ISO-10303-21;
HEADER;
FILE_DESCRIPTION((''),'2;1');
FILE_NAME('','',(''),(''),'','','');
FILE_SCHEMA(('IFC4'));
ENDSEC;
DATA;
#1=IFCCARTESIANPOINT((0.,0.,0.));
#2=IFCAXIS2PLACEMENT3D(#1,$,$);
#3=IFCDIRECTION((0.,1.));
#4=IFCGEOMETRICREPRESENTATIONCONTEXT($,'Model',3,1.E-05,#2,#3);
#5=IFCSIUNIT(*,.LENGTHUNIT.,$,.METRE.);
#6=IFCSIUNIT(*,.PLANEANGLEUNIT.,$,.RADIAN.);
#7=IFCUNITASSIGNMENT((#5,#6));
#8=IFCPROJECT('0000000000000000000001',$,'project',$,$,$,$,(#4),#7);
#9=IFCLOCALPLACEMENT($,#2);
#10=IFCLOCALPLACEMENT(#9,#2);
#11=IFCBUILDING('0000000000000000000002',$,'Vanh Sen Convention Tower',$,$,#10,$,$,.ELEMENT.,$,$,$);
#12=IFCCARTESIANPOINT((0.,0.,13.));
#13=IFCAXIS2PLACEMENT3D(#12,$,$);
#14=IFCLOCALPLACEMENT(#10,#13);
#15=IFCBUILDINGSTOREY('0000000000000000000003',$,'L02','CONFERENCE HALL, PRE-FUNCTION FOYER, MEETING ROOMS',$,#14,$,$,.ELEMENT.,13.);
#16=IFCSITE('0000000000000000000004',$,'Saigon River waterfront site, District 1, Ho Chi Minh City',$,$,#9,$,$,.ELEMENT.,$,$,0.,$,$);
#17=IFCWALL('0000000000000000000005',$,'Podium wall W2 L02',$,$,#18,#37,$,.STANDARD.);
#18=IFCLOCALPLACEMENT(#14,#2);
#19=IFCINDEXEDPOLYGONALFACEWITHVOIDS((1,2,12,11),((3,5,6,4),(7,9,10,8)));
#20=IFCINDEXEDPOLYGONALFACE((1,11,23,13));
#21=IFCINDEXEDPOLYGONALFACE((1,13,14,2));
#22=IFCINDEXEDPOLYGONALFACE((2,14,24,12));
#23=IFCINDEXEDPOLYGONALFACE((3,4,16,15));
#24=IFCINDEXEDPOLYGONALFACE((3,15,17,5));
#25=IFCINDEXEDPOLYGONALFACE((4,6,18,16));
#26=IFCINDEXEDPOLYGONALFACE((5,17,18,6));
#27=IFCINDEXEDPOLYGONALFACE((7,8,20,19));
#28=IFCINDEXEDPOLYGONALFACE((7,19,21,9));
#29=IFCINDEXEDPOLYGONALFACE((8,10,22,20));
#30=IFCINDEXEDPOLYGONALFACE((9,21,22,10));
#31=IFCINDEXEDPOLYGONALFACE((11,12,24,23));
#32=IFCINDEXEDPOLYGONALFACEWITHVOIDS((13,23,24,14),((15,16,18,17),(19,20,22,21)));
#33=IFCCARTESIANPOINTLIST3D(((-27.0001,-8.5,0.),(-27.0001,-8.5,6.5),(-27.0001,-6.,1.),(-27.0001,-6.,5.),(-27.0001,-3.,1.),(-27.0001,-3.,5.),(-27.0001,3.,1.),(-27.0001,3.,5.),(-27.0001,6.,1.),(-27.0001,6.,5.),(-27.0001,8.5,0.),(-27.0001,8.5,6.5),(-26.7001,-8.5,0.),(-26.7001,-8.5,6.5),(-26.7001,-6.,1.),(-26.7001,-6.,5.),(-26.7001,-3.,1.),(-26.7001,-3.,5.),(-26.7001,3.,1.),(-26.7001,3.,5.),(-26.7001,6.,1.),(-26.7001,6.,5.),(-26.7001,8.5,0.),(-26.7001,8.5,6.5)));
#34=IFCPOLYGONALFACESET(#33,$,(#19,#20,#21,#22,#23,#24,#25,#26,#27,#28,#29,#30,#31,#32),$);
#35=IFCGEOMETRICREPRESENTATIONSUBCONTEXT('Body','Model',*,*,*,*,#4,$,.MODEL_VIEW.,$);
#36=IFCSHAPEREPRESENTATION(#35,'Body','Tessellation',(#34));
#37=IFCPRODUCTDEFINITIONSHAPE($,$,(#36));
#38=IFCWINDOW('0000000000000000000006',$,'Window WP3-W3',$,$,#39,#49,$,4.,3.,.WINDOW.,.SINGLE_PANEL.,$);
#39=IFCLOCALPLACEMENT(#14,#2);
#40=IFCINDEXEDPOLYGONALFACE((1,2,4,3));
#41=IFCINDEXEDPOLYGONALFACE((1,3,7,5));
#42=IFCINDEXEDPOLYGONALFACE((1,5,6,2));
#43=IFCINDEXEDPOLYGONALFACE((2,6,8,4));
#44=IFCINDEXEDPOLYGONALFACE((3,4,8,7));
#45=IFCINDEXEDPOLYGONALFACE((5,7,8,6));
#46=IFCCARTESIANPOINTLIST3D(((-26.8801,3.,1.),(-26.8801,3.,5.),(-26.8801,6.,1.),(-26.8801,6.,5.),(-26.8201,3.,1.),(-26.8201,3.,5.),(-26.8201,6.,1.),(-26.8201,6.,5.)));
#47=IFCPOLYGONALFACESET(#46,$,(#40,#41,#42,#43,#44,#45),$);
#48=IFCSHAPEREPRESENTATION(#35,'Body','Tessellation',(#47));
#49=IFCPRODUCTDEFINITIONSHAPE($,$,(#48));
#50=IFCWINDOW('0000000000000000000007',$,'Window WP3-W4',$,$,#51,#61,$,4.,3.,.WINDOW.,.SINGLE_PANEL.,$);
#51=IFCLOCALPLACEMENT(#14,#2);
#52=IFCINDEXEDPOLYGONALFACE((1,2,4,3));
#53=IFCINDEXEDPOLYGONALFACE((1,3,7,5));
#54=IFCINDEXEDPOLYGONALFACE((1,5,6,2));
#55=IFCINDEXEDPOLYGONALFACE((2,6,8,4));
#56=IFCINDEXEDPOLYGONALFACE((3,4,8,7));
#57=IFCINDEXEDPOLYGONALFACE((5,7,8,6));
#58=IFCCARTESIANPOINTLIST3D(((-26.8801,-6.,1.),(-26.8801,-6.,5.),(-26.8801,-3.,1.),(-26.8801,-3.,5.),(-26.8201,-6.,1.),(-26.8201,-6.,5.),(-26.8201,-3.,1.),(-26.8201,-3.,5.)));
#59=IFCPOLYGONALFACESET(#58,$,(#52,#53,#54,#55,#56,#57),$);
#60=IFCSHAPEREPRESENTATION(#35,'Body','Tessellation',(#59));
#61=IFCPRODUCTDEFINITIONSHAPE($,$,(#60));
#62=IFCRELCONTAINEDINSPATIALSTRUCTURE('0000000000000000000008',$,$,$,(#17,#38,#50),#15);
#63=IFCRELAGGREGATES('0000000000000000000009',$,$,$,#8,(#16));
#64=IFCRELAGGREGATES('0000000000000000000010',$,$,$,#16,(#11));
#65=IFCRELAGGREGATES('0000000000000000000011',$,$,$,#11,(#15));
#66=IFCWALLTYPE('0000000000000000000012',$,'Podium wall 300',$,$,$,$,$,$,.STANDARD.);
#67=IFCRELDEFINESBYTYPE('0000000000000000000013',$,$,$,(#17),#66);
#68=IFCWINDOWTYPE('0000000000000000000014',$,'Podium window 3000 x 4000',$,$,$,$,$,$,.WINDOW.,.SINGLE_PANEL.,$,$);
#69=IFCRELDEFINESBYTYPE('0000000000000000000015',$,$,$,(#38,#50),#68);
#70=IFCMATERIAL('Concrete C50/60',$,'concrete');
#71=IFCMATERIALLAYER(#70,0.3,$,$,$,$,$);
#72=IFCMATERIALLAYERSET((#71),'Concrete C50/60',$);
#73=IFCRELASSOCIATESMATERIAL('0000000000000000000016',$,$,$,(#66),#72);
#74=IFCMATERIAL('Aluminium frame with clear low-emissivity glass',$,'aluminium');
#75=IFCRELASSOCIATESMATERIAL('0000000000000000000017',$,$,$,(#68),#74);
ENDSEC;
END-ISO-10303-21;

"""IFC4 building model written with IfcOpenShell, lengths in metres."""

from ifc_helpers import new_model, si_unit, direction, frame, frame_2d, origin, place, context, subcontext, project, spatial, rectangle, extrude, material, layer, layer_set, type_object, element, fill, save


model = new_model("IFC4")

# Units and contexts
model_context = context("Model", 3, precision=1e-05, world=origin(), true_north=direction((0.0, 1.0)))
body_context = subcontext(model_context, "Body", "Model", "MODEL_VIEW")
ifc_project = project(units=[si_unit("LENGTHUNIT", "METRE"), si_unit("PLANEANGLEUNIT", "RADIAN")], contexts=[model_context])

# Site, building, storey
site_placement = place(None, origin())
site = spatial("IfcSite", under=ifc_project, at=site_placement, Name="Saigon River waterfront site, District 1, Ho Chi Minh City", CompositionType="ELEMENT", RefElevation=0.0)
building_placement = place(site_placement, origin())
building = spatial("IfcBuilding", under=site, at=building_placement, Name="Vanh Sen Convention Tower", CompositionType="ELEMENT")
storey_placement = place(building_placement, frame((0.0, 0.0, 13.0)))
storey = spatial("IfcBuildingStorey", under=building, at=storey_placement, Name="L02", Description="CONFERENCE HALL, PRE-FUNCTION FOYER, MEETING ROOMS", CompositionType="ELEMENT", Elevation=13.0)

# Wall, openings, windows
ifc_material_1 = material(Name="Concrete C50/60", Category="concrete")
ifc_layer_1 = layer(ifc_material_1, 0.3)
ifc_layer_set_1 = layer_set([ifc_layer_1], Name="Concrete C50/60")
wall_type_1 = type_object("IfcWallType", Name="Podium wall 300", PredefinedType="STANDARD", material=ifc_layer_set_1)
wall_1_placement = place(storey_placement, frame((-26.8501, 8.5, 0.0), z_axis=(0.0, 0.0, 1.0), x_axis=(0.0, -1.0, 0.0)))
wall_1 = element("IfcWall", 1, at=wall_1_placement, inside=storey, type_object=wall_type_1, Name="Podium wall W2 L02", PredefinedType="STANDARD", context=body_context, shape_type="SweptSolid", body=[
    extrude(rectangle(XDim=17.0, YDim=0.3, at=frame_2d((8.5, 0.0))), origin(), (0.0, 0.0, 1.0), 6.5),
])
opening_1_placement = place(wall_1_placement, frame((2.5, 0.0, 1.0)))
opening_1 = element("IfcOpeningElement", 2, at=opening_1_placement, cuts=wall_1, PredefinedType="OPENING", context=body_context, shape_type="SweptSolid", body=[
    extrude(rectangle(XDim=3.0, YDim=4.0, at=frame_2d((1.5, 2.0))), frame((0.0, 0.1599, 0.0), z_axis=(0.0, -1.0, 0.0), x_axis=(1.0, 0.0, 0.0)), (0.0, 0.0, 1.0), 0.3201),
])
opening_2_placement = place(wall_1_placement, frame((11.5, 0.0, 1.0)))
opening_2 = element("IfcOpeningElement", 3, at=opening_2_placement, cuts=wall_1, PredefinedType="OPENING", context=body_context, shape_type="SweptSolid", body=[
    extrude(rectangle(XDim=3.0, YDim=4.0, at=frame_2d((1.5, 2.0))), frame((0.0, 0.1599, 0.0), z_axis=(0.0, -1.0, 0.0), x_axis=(1.0, 0.0, 0.0)), (0.0, 0.0, 1.0), 0.3201),
])
ifc_material_2 = material(Name="Aluminium frame with clear low-emissivity glass", Category="aluminium")
window_type = type_object("IfcWindowType", Name="Podium window 3000 x 4000", PartitioningType="SINGLE_PANEL", PredefinedType="WINDOW", material=ifc_material_2)
window_1_placement = place(opening_1_placement, origin())
window_1 = element("IfcWindow", 4, at=window_1_placement, inside=storey, type_object=window_type, Name="Window WP3-W3", OverallHeight=4.0, OverallWidth=3.0, PartitioningType="SINGLE_PANEL", PredefinedType="WINDOW", context=body_context, shape_type="SweptSolid", body=[
    extrude(rectangle(XDim=3.0, YDim=4.0, at=frame_2d((1.5, 2.0))), frame((0.0, 0.03, 0.0), z_axis=(0.0, -1.0, 0.0), x_axis=(1.0, 0.0, 0.0)), (0.0, 0.0, 1.0), 0.0601),
])
fill(opening_1, window_1)
window_2_placement = place(opening_2_placement, origin())
window_2 = element("IfcWindow", 5, at=window_2_placement, inside=storey, type_object=window_type, Name="Window WP3-W4", OverallHeight=4.0, OverallWidth=3.0, PartitioningType="SINGLE_PANEL", PredefinedType="WINDOW", context=body_context, shape_type="SweptSolid", body=[
    extrude(rectangle(XDim=3.0, YDim=4.0, at=frame_2d((1.5, 2.0))), frame((0.0, 0.03, 0.0), z_axis=(0.0, -1.0, 0.0), x_axis=(1.0, 0.0, 0.0)), (0.0, 0.0, 1.0), 0.0601),
])
fill(opening_2, window_2)

save(model, "model.ifc")
